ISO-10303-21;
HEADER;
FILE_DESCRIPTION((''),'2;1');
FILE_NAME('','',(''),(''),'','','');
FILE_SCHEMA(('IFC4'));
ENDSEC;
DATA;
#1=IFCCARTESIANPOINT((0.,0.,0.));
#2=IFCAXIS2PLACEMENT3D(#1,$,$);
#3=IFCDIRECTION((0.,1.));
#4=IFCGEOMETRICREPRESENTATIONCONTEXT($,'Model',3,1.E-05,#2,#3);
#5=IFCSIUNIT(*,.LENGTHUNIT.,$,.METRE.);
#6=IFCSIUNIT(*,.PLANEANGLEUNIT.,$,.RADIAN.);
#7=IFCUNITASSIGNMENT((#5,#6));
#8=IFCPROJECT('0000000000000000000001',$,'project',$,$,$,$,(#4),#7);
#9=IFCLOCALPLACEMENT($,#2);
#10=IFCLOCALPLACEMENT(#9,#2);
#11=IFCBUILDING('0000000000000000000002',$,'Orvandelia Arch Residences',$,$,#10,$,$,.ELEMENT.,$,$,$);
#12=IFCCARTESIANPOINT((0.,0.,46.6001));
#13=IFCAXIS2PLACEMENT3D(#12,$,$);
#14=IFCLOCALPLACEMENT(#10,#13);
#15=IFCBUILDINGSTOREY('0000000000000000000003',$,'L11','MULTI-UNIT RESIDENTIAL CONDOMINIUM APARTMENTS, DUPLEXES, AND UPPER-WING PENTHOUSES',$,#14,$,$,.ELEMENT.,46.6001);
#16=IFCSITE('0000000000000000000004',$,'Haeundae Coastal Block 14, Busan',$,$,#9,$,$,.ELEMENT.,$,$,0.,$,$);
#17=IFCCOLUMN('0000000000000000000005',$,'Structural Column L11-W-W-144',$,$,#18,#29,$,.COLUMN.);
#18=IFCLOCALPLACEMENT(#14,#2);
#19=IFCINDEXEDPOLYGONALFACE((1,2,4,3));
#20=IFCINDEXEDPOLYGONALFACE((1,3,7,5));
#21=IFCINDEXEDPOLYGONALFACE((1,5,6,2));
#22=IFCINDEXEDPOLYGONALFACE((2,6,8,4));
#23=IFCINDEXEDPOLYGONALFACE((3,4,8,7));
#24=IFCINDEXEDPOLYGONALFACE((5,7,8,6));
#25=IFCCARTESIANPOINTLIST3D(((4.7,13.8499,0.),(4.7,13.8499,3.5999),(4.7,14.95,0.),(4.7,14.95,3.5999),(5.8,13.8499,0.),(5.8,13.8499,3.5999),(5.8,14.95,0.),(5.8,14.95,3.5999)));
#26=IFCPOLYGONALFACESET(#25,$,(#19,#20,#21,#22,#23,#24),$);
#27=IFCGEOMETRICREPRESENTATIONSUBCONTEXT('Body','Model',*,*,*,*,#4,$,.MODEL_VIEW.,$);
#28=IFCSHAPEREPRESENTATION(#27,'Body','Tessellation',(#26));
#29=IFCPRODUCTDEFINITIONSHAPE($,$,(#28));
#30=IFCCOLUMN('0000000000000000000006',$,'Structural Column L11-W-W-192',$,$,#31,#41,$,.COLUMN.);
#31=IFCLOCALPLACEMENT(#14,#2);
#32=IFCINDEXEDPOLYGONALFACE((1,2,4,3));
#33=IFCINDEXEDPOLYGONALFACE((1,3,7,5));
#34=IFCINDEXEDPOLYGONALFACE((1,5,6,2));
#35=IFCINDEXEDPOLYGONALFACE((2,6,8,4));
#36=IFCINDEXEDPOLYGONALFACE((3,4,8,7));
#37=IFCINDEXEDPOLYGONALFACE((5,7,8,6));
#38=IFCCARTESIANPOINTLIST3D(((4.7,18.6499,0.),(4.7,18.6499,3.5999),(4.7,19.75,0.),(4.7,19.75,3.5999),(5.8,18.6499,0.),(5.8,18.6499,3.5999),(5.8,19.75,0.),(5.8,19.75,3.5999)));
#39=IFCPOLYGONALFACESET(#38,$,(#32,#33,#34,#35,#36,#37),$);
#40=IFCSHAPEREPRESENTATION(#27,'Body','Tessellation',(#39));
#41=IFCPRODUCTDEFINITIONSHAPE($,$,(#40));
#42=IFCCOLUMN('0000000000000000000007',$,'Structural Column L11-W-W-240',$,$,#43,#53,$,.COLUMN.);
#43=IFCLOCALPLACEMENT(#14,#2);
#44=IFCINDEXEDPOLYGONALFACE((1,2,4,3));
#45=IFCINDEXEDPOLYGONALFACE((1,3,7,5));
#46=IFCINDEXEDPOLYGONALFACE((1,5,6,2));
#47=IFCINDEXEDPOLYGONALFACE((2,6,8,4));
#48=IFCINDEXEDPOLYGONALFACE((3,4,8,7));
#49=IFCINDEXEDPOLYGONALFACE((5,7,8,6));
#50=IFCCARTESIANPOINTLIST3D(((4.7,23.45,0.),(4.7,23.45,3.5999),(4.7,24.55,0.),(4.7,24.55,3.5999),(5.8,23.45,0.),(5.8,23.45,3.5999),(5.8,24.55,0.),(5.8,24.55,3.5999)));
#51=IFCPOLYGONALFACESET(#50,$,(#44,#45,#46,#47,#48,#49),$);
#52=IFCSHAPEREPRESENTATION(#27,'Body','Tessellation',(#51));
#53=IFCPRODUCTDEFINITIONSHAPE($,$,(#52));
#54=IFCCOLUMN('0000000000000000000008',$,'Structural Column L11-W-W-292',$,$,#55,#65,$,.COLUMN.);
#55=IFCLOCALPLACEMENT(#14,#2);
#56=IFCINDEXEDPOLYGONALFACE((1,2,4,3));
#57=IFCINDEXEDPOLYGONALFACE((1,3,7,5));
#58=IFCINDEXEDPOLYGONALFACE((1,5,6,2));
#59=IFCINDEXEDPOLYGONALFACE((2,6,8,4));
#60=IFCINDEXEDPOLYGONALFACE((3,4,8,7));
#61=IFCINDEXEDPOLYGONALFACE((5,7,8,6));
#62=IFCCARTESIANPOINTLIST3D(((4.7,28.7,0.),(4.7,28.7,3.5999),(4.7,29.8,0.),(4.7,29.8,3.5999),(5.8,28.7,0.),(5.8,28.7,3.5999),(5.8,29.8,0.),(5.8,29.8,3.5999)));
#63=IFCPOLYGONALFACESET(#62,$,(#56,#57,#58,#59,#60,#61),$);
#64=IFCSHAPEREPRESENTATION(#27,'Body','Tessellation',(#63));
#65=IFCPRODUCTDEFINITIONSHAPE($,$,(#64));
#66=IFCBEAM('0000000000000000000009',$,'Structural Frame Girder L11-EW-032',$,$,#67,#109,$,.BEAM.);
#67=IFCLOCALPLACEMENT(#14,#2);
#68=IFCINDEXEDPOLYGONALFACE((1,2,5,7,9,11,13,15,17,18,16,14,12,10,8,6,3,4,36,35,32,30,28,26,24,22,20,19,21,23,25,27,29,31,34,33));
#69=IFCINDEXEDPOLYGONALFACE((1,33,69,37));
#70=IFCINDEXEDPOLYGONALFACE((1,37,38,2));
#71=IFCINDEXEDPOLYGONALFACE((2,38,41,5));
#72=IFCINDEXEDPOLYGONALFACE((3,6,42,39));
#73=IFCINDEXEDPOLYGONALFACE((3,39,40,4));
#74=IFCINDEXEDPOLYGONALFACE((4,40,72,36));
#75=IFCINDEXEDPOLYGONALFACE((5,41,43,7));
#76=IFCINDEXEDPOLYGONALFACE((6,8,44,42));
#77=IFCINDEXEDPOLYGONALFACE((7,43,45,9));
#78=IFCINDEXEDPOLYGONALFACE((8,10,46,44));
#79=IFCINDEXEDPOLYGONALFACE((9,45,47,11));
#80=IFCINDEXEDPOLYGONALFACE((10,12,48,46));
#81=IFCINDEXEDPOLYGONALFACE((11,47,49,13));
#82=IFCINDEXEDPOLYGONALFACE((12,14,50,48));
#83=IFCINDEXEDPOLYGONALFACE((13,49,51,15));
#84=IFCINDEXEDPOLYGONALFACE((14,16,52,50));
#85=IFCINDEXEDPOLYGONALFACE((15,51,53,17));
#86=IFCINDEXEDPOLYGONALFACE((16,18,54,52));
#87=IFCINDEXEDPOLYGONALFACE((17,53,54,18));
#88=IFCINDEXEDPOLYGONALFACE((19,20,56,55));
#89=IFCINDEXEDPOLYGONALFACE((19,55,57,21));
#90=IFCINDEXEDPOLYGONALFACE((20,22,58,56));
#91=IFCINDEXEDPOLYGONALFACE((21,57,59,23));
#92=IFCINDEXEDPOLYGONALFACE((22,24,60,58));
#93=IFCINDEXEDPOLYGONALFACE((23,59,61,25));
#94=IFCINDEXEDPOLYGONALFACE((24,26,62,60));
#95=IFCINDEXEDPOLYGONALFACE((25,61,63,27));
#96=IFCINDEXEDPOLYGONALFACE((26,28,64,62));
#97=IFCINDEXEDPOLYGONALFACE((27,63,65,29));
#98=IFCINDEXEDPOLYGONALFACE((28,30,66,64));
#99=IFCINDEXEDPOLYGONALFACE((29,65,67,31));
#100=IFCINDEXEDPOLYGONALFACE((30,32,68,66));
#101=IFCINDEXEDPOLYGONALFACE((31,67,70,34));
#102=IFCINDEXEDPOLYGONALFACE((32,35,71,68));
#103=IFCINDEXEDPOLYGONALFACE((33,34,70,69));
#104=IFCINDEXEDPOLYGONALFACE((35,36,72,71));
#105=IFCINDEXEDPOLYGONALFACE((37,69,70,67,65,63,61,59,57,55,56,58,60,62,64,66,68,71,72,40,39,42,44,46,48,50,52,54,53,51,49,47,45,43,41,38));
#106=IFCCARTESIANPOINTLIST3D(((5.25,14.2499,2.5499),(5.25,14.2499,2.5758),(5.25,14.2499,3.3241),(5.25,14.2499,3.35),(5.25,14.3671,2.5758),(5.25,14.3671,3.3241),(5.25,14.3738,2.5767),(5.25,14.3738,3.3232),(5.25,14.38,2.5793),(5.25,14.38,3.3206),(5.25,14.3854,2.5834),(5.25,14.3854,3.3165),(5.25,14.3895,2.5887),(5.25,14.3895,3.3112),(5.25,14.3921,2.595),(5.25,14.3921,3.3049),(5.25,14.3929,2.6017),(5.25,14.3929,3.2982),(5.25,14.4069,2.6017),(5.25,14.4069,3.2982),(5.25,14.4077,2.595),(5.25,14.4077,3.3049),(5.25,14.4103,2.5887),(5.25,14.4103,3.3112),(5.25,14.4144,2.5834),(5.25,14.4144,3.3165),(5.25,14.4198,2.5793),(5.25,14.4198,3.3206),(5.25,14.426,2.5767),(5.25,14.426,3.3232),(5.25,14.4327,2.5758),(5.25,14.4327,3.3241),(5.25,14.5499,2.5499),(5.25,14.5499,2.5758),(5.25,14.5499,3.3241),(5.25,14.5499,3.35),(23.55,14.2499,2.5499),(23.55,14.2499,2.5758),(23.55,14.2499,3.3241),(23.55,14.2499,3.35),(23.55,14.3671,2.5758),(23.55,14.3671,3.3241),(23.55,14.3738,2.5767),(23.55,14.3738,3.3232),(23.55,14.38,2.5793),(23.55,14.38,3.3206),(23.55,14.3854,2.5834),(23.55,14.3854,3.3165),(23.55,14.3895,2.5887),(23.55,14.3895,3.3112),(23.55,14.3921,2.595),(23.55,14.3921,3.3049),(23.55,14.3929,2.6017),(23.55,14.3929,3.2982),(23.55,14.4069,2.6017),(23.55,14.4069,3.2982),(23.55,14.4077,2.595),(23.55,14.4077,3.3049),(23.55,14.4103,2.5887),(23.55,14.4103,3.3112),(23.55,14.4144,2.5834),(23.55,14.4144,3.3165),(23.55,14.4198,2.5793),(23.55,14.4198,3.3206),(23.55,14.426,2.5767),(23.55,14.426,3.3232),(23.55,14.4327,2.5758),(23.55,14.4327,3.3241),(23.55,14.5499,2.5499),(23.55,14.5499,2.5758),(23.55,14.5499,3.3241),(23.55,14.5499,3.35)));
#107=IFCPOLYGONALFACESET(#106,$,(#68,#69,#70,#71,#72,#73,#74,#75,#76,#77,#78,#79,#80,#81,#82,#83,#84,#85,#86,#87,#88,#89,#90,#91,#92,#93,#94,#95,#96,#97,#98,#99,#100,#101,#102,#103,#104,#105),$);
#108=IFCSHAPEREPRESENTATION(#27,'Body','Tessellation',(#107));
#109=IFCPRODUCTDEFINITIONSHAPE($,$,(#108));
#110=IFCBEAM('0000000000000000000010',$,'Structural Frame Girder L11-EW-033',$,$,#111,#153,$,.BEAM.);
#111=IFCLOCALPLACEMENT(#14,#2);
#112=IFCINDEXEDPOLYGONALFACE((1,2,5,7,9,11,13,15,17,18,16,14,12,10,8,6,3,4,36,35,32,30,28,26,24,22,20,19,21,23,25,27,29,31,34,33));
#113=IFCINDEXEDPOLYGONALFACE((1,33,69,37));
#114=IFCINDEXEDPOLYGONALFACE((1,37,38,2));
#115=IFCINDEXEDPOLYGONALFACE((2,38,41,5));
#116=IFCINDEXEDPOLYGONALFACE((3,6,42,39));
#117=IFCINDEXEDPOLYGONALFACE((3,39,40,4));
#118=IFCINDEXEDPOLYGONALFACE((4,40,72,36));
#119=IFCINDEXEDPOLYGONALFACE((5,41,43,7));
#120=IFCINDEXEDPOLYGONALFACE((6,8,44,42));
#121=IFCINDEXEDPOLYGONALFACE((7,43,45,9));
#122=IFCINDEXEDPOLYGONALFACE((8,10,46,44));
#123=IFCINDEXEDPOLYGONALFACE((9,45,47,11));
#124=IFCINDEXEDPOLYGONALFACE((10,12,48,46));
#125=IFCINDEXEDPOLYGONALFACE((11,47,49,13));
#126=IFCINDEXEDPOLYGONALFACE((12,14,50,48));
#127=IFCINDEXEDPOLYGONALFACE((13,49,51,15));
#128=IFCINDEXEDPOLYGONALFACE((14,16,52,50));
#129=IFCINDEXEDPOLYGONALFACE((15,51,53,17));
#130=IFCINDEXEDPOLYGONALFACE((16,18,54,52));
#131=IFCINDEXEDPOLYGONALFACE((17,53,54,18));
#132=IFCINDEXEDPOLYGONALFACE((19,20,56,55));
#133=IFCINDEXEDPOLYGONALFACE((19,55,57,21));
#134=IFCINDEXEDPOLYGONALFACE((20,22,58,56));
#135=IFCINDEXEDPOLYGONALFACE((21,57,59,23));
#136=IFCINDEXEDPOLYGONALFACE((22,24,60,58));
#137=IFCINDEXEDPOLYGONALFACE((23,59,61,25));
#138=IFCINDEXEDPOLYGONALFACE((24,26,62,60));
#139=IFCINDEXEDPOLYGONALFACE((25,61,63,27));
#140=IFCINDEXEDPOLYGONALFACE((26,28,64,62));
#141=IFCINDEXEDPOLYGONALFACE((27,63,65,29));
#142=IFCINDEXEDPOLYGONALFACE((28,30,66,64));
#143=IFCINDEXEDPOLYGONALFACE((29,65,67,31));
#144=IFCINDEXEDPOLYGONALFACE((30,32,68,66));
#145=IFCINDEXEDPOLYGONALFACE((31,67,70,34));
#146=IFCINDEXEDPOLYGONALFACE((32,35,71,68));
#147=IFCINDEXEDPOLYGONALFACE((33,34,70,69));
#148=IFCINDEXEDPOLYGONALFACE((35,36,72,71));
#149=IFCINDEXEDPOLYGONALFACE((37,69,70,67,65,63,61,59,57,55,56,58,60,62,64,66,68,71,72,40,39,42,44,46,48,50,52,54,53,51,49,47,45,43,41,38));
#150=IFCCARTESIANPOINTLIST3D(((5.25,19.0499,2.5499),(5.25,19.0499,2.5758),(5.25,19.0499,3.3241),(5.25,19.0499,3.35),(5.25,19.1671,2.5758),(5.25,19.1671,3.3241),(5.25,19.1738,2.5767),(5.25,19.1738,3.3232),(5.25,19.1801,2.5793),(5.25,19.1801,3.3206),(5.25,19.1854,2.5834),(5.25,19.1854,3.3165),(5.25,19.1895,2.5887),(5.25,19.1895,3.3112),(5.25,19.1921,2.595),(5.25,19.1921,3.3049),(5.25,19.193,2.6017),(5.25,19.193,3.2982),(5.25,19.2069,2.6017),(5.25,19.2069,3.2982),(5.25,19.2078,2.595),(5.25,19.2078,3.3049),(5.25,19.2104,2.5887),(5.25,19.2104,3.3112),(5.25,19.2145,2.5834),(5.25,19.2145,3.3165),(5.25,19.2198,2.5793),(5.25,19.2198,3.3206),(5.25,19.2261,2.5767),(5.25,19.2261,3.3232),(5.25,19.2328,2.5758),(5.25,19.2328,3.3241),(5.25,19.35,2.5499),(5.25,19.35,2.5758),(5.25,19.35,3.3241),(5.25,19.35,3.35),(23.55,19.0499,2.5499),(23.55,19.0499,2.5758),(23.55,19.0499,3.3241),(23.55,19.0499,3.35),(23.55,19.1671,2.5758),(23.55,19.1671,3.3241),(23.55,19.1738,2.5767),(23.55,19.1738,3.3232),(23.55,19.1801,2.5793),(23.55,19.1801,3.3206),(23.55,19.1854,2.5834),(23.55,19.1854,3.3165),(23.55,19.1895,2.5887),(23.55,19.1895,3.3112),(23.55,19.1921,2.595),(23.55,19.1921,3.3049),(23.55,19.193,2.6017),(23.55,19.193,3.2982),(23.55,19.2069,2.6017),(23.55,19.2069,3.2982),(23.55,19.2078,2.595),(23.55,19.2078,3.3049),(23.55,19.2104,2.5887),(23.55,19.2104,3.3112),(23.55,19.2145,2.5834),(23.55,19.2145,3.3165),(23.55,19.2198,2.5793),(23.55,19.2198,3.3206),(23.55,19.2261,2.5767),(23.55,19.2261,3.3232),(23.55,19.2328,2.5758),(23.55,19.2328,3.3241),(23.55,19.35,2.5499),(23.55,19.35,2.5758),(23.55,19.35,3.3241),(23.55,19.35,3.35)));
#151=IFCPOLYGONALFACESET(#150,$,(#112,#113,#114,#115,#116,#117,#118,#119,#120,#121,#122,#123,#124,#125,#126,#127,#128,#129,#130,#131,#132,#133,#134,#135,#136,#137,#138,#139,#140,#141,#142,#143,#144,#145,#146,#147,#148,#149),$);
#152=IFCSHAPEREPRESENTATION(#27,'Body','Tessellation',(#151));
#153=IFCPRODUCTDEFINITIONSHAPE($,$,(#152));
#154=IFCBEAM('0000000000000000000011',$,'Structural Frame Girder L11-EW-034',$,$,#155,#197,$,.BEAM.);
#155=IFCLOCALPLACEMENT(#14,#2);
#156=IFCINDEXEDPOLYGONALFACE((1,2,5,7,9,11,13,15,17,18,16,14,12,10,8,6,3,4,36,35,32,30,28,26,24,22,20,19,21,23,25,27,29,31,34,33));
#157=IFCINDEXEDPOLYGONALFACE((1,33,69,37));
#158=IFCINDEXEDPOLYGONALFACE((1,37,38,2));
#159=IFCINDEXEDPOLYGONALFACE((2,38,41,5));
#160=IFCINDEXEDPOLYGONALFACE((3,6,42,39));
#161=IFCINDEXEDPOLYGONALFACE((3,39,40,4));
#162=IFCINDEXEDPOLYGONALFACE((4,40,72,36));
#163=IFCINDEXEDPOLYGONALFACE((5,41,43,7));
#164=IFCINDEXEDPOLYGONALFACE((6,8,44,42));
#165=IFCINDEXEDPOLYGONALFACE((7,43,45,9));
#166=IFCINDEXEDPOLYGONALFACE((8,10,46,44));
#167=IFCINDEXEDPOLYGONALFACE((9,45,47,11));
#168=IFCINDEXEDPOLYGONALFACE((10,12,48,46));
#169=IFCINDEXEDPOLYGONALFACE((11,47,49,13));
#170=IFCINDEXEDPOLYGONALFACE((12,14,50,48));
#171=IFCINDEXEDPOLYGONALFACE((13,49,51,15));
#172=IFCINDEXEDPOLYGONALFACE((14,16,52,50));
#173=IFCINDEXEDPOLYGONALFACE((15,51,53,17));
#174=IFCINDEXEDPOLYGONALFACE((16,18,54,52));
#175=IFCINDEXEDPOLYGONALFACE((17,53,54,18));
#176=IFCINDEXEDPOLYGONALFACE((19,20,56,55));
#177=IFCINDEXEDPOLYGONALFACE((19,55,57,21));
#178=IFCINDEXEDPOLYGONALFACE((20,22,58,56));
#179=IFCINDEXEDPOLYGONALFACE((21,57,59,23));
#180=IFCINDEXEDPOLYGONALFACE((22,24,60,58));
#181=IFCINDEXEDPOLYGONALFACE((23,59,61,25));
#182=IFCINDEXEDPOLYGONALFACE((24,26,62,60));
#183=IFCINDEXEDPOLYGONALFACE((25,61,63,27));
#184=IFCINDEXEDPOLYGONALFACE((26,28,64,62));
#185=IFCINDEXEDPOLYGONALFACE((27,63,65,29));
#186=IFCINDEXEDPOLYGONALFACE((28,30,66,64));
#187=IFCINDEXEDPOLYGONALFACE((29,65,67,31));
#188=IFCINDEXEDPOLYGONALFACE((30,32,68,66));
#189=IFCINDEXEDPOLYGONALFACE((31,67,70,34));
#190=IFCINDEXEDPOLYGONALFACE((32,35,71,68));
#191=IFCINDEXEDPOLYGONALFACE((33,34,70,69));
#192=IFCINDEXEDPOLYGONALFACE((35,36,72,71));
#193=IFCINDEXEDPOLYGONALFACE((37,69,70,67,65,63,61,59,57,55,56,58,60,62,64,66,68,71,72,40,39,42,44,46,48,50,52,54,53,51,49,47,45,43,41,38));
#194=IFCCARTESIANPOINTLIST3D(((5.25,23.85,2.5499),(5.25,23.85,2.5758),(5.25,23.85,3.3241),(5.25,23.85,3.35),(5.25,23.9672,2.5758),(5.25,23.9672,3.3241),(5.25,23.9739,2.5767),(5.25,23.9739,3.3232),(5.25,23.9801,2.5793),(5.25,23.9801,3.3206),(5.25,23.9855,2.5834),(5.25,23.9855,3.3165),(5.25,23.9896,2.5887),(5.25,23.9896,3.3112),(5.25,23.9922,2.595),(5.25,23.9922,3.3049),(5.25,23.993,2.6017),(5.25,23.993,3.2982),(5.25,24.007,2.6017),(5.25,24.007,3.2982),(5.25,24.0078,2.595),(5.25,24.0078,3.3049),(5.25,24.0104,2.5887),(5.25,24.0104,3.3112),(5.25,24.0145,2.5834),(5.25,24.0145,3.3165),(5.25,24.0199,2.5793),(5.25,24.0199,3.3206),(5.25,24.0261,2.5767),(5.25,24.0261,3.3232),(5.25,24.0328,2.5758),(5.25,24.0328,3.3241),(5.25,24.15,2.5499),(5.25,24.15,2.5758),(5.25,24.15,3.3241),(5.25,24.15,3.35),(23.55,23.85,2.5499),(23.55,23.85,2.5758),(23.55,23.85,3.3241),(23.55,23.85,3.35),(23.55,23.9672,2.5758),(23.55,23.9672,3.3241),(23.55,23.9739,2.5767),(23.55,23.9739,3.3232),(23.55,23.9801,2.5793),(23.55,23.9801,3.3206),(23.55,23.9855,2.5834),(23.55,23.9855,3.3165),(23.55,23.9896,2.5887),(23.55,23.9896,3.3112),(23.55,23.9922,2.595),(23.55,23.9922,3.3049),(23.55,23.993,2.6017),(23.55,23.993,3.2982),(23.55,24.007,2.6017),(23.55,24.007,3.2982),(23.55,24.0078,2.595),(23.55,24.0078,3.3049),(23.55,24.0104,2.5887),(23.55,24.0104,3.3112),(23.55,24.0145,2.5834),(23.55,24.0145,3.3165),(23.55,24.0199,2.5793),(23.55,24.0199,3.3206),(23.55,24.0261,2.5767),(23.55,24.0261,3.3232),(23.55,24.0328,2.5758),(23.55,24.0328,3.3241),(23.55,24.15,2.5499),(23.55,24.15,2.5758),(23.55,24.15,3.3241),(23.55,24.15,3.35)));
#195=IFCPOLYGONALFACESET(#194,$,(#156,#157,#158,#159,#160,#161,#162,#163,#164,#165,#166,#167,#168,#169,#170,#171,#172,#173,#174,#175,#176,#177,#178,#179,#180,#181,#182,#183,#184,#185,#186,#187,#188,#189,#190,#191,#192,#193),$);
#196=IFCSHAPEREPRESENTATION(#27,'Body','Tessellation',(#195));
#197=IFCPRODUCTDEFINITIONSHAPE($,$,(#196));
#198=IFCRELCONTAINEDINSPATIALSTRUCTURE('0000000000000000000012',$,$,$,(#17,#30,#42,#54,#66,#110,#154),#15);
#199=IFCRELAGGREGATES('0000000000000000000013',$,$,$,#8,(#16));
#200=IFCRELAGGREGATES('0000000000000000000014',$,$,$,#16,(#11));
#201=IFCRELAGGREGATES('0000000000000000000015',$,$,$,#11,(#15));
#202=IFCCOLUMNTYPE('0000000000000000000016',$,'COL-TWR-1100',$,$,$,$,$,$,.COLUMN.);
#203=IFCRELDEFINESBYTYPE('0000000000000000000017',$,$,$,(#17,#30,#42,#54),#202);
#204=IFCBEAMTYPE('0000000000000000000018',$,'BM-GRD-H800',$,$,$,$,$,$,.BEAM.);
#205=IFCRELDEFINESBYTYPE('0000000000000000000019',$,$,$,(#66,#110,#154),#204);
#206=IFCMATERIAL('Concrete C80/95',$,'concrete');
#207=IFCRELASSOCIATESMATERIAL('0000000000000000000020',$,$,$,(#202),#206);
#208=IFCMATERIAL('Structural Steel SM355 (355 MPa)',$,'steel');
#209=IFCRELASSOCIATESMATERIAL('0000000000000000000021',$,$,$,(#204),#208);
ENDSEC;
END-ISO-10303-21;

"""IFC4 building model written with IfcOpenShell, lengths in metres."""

from ifc_helpers import new_model, si_unit, direction, frame, origin, origin_2d, place, context, subcontext, project, spatial, rectangle, i_section, extrude, material, material_profile, profile_set, type_object, element, save


model = new_model("IFC4")

# Units and contexts
model_context = context("Model", 3, precision=1e-05, world=origin(), true_north=direction((0.0, 1.0)))
body_context = subcontext(model_context, "Body", "Model", "MODEL_VIEW")
ifc_project = project(units=[si_unit("LENGTHUNIT", "METRE"), si_unit("PLANEANGLEUNIT", "RADIAN")], contexts=[model_context])

# Site, building, storey
site_placement = place(None, origin())
site = spatial("IfcSite", under=ifc_project, at=site_placement, Name="Haeundae Coastal Block 14, Busan", CompositionType="ELEMENT", RefElevation=0.0)
building_placement = place(site_placement, origin())
building = spatial("IfcBuilding", under=site, at=building_placement, Name="Orvandelia Arch Residences", CompositionType="ELEMENT")
storey_placement = place(building_placement, frame((0.0, 0.0, 46.6001)))
storey = spatial("IfcBuildingStorey", under=building, at=storey_placement, Name="L11", Description="MULTI-UNIT RESIDENTIAL CONDOMINIUM APARTMENTS, DUPLEXES, AND UPPER-WING PENTHOUSES", CompositionType="ELEMENT", Elevation=46.6001)

# Columns
ifc_material_1 = material(Name="Concrete C80/95", Category="concrete")
ifc_material_profile_1 = material_profile(ifc_material_1, rectangle(XDim=1.1001, YDim=1.1001, at=origin_2d()), Name="Concrete C80/95", Category="concrete")
ifc_profile_set_1 = profile_set([ifc_material_profile_1], Name="Concrete C80/95")
column_type = type_object("IfcColumnType", Name="COL-TWR-1100", PredefinedType="COLUMN", material=ifc_profile_set_1)
for number, where, z_axis, x_axis, name in (
    (1, (5.25, 14.3999, 0.0), (0.0, 0.0, 1.0), (1.0, 0.0, 0.0), "Structural Column L11-W-W-144"),
    (2, (5.25, 19.2, 0.0), (0.0, 0.0, 1.0), (1.0, 0.0, 0.0), "Structural Column L11-W-W-192"),
    (3, (5.25, 24.0, 0.0), (0.0, 0.0, 1.0), (1.0, 0.0, 0.0), "Structural Column L11-W-W-240"),
    (4, (5.25, 29.25, 0.0), (0.0, 0.0, 1.0), (1.0, 0.0, 0.0), "Structural Column L11-W-W-292"),
):
    element("IfcColumn", number, at=place(storey_placement, frame(where, z_axis=z_axis, x_axis=x_axis)), inside=storey, type_object=column_type, Name=name, PredefinedType="COLUMN", context=body_context, shape_type="SweptSolid", body=[
        extrude(rectangle(XDim=1.1001, YDim=1.1001, at=origin_2d()), origin(), (0.0, 0.0, 1.0), 3.5999),
    ])

# Beams
ifc_material_2 = material(Name="Structural Steel SM355 (355 MPa)", Category="steel")
ifc_material_profile_2 = material_profile(ifc_material_2, i_section(OverallWidth=0.3, OverallDepth=0.8, WebThickness=0.0139, FlangeThickness=0.0259, FilletRadius=0.0259, at=origin_2d()), Name="Structural Steel SM355 (355 MPa)", Category="steel")
ifc_profile_set_2 = profile_set([ifc_material_profile_2], Name="Structural Steel SM355 (355 MPa)")
beam_type_1 = type_object("IfcBeamType", Name="BM-GRD-H800", PredefinedType="BEAM", material=ifc_profile_set_2)
for number, where, z_axis, x_axis, name in (
    (5, (5.25, 14.3999, 2.95), (1.0, 0.0, 0.0), (0.0, 1.0, 0.0), "Structural Frame Girder L11-EW-032"),
    (6, (5.25, 19.2, 2.95), (1.0, 0.0, 0.0), (0.0, 1.0, 0.0), "Structural Frame Girder L11-EW-033"),
    (7, (5.25, 24.0, 2.95), (1.0, 0.0, 0.0), (0.0, 1.0, 0.0), "Structural Frame Girder L11-EW-034"),
):
    element("IfcBeam", number, at=place(storey_placement, frame(where, z_axis=z_axis, x_axis=x_axis)), inside=storey, type_object=beam_type_1, Name=name, PredefinedType="BEAM", context=body_context, shape_type="SweptSolid", body=[
        extrude(i_section(OverallWidth=0.3, OverallDepth=0.8, WebThickness=0.0139, FlangeThickness=0.0259, FilletRadius=0.0259, at=origin_2d()), origin(), (0.0, 0.0, 1.0), 18.3),
    ])

save(model, "model.ifc")
